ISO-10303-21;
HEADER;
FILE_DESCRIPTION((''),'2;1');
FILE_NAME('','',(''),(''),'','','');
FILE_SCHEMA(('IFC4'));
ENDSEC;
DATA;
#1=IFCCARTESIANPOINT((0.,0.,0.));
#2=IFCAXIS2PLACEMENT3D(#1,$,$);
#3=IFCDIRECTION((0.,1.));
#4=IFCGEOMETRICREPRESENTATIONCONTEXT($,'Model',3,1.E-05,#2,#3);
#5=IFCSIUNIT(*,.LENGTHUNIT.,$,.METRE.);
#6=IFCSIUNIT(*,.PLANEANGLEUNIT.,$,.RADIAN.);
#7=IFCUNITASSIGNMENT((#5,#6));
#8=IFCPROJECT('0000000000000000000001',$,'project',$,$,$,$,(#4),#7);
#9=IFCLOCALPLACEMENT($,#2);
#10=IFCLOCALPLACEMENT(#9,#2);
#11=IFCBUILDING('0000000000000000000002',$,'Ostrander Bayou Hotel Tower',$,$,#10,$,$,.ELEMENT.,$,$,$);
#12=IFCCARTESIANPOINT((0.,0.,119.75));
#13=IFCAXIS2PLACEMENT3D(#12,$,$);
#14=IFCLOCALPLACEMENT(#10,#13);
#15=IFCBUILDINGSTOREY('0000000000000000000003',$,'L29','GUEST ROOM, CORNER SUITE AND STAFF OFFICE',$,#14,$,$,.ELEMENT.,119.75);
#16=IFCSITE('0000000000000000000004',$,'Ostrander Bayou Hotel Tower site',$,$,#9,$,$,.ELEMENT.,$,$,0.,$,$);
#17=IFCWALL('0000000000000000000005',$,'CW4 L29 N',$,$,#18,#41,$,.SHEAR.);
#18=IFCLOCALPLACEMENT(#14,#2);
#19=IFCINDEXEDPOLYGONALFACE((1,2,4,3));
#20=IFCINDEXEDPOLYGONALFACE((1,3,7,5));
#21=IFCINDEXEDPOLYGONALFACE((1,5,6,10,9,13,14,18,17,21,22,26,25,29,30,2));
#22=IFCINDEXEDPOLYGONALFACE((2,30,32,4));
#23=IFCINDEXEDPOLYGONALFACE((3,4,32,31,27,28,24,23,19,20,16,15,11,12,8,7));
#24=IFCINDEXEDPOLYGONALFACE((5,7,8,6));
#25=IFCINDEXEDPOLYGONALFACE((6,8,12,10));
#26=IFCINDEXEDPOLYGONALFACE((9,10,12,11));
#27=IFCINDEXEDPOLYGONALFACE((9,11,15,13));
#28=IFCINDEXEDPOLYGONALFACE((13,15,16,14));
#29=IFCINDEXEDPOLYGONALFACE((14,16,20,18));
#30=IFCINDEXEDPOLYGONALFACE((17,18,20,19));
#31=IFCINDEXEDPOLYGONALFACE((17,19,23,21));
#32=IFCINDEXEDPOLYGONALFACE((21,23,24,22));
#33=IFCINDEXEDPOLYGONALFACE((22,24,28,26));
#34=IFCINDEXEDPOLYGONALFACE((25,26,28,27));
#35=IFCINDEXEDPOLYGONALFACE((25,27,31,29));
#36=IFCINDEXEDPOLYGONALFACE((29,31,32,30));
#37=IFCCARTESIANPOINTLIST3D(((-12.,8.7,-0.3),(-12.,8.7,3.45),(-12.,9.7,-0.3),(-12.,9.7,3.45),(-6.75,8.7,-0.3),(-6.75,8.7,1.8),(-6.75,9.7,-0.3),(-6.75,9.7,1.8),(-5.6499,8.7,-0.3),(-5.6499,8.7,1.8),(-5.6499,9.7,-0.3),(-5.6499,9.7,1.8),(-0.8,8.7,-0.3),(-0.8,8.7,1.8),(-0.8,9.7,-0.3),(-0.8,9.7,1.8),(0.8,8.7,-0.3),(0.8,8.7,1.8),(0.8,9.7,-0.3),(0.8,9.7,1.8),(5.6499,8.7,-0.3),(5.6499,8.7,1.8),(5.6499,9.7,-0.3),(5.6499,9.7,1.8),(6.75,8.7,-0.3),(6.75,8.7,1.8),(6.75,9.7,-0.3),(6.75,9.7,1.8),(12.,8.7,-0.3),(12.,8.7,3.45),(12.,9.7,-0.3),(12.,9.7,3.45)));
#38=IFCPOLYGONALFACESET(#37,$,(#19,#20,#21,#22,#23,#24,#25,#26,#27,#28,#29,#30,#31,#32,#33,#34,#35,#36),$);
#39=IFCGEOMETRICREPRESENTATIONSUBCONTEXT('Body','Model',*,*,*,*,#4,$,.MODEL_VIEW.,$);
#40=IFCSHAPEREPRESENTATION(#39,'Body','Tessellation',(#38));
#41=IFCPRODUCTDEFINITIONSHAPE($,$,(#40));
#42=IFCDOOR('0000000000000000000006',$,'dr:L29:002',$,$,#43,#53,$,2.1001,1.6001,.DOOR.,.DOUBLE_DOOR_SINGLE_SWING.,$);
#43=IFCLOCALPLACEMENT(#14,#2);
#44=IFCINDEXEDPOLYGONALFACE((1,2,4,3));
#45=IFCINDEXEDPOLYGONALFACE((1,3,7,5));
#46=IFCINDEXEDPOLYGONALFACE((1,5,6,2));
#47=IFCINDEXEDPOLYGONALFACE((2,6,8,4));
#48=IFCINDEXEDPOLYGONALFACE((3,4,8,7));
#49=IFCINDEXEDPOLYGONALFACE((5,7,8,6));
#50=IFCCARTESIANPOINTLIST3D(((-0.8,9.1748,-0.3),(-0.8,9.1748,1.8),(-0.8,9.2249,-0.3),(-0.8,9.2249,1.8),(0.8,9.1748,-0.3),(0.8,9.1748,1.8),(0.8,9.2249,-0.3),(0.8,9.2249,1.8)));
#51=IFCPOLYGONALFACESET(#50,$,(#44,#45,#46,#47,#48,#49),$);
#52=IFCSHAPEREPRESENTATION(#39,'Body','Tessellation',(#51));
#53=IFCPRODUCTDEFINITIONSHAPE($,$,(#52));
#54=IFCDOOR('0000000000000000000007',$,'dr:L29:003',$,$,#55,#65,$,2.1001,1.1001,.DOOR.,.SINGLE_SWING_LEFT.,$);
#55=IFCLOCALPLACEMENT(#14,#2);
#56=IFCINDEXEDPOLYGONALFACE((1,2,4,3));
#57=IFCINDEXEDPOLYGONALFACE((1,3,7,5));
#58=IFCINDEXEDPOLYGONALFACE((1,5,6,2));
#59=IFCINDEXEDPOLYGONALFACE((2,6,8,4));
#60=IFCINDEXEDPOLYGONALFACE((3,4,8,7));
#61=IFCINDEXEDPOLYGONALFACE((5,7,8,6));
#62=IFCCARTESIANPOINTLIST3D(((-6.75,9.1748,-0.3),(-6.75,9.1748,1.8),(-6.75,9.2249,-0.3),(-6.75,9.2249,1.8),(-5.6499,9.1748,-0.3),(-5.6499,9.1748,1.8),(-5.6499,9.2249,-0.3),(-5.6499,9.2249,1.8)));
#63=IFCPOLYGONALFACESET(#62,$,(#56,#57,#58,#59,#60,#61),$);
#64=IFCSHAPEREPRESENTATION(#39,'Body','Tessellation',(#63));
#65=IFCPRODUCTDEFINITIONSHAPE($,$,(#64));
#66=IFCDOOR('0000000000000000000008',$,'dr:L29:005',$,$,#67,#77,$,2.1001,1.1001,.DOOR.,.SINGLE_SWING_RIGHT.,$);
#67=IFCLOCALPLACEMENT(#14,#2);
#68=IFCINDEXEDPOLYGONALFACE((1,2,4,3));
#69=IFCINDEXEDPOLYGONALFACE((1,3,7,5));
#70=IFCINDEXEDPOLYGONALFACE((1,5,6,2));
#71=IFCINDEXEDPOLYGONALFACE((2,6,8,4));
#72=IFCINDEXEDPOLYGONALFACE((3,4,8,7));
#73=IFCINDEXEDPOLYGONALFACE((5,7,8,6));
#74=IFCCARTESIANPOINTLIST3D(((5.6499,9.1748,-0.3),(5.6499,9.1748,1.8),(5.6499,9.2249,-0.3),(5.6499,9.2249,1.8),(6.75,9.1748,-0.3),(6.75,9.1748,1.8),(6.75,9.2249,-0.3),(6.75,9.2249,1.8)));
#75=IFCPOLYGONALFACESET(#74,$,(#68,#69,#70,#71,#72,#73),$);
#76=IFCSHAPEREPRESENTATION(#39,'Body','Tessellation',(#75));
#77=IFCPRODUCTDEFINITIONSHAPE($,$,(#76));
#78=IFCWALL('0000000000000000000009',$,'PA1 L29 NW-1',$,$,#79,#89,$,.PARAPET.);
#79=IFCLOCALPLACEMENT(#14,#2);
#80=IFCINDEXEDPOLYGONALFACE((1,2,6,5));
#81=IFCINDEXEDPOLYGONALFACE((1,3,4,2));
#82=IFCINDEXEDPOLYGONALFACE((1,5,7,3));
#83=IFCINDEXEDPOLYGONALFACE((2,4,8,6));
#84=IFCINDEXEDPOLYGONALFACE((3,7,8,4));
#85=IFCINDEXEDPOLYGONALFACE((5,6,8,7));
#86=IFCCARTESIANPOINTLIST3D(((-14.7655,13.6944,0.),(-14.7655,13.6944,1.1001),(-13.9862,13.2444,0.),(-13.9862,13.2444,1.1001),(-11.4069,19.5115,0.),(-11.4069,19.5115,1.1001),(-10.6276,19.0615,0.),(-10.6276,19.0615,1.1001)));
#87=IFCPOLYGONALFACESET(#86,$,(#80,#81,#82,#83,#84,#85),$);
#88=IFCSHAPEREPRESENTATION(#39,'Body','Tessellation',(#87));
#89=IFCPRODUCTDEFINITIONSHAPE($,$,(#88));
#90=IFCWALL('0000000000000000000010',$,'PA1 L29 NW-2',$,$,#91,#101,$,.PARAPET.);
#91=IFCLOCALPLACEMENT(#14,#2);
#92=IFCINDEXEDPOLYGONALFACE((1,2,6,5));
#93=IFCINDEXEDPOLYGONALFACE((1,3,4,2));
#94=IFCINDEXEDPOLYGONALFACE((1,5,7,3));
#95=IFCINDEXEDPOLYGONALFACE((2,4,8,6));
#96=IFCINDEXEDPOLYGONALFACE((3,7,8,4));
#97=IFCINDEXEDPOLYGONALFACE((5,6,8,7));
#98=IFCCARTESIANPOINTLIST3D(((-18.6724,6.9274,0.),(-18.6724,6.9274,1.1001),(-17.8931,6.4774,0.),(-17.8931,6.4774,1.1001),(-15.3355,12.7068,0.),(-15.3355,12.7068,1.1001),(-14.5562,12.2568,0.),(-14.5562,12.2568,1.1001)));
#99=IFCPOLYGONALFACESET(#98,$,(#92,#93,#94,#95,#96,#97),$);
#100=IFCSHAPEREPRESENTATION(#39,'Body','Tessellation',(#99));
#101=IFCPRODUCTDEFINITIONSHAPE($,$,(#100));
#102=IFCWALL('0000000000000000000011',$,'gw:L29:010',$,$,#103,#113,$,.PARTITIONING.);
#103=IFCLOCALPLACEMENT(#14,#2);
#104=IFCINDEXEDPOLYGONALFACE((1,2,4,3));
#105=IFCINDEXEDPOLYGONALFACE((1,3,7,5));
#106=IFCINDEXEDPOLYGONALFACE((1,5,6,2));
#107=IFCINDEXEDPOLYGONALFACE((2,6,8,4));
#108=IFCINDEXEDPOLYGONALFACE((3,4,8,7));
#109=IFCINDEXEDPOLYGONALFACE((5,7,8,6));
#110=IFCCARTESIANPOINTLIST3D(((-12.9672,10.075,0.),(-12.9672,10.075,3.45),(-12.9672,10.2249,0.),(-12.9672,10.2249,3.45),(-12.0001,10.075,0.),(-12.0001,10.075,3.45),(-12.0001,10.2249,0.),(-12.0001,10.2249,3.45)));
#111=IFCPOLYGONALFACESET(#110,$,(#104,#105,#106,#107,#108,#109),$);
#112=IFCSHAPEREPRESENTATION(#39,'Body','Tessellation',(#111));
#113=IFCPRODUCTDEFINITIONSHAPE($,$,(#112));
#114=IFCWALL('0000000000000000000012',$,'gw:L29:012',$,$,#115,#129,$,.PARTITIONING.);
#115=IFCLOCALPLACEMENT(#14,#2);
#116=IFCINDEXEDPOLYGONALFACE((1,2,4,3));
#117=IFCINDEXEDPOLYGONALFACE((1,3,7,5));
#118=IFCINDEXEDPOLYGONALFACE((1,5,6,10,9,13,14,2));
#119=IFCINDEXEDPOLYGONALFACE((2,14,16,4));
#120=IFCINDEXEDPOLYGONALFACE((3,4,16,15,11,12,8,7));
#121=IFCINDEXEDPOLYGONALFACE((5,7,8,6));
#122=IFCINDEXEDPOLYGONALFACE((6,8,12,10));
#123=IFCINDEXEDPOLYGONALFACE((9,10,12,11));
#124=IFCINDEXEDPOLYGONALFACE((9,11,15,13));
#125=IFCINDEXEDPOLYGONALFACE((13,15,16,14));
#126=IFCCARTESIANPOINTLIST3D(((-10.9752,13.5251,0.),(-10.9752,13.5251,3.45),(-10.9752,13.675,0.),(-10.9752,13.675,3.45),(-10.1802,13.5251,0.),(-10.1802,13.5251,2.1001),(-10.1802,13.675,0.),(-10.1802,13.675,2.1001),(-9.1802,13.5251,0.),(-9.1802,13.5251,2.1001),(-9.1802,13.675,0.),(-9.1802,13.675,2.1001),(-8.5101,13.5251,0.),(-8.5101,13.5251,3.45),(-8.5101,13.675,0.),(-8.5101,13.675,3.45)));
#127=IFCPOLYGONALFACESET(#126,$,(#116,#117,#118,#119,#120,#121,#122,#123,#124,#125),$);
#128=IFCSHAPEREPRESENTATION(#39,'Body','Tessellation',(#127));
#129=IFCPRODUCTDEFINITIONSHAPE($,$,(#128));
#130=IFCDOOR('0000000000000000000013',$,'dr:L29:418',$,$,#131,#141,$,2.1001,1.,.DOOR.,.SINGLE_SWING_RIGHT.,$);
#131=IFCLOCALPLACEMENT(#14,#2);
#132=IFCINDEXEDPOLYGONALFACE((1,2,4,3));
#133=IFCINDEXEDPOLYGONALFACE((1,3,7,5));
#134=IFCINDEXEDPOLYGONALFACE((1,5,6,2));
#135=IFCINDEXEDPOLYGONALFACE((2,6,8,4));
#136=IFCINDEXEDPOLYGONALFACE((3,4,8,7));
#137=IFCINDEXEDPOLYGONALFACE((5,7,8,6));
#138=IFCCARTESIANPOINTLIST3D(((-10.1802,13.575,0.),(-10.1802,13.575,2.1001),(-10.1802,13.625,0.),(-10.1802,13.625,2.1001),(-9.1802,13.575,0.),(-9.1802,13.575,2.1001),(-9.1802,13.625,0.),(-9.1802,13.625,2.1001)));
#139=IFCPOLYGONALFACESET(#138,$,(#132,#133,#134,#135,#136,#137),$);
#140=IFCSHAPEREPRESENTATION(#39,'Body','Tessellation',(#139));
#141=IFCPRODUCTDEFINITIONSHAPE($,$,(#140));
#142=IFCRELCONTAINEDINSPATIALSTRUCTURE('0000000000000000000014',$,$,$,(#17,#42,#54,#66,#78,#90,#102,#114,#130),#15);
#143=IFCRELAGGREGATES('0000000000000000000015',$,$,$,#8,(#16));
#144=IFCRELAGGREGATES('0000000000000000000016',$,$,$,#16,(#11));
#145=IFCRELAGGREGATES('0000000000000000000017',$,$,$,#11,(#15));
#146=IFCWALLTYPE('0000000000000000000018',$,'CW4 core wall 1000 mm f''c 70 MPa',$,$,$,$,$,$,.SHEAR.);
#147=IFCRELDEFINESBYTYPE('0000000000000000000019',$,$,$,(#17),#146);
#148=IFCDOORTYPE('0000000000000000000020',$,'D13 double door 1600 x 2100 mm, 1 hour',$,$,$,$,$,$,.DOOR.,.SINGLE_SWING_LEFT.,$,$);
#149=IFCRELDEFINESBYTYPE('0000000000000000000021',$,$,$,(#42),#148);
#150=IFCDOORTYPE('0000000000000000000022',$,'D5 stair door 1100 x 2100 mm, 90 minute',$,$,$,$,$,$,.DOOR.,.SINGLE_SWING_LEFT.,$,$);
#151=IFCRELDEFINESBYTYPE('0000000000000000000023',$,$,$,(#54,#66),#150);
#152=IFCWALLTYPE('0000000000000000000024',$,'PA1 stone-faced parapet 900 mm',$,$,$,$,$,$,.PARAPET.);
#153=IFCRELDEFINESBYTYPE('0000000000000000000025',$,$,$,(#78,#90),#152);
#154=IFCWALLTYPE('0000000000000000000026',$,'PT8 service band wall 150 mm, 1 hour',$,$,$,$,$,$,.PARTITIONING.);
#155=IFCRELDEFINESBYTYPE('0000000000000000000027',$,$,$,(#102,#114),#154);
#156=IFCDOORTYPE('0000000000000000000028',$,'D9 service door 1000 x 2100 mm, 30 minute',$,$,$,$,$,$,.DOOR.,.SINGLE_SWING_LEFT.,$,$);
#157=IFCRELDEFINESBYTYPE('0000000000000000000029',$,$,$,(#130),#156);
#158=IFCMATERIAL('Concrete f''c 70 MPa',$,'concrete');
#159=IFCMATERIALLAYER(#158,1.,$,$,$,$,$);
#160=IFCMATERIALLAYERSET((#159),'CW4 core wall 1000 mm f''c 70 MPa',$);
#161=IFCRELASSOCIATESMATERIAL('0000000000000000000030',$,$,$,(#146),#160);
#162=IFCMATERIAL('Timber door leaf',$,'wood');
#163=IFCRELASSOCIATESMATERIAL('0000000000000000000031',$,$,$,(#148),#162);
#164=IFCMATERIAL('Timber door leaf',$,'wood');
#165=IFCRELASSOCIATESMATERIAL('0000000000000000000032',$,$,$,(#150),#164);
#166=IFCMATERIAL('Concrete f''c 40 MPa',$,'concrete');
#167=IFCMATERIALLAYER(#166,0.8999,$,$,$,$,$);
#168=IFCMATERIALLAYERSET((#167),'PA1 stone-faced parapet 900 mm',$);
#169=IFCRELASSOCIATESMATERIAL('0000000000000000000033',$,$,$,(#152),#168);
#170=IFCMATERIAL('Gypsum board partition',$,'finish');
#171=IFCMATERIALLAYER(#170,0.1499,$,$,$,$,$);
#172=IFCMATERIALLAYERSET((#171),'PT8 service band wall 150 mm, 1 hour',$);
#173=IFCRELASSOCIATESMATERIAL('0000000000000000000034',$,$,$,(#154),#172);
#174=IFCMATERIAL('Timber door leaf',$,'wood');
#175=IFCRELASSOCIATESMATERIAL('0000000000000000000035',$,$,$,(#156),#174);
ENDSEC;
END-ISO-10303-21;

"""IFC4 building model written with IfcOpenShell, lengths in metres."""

from ifc_helpers import new_model, si_unit, direction, frame, frame_2d, origin, place, context, subcontext, project, spatial, rectangle, extrude, material, layer, layer_set, type_object, element, fill, save


model = new_model("IFC4")

# Units and contexts
model_context = context("Model", 3, precision=1e-05, world=origin(), true_north=direction((0.0, 1.0)))
body_context = subcontext(model_context, "Body", "Model", "MODEL_VIEW")
ifc_project = project(units=[si_unit("LENGTHUNIT", "METRE"), si_unit("PLANEANGLEUNIT", "RADIAN")], contexts=[model_context])

# Site, building, storey
site_placement = place(None, origin())
site = spatial("IfcSite", under=ifc_project, at=site_placement, Name="Ostrander Bayou Hotel Tower site", CompositionType="ELEMENT", RefElevation=0.0)
building_placement = place(site_placement, origin())
building = spatial("IfcBuilding", under=site, at=building_placement, Name="Ostrander Bayou Hotel Tower", CompositionType="ELEMENT")
storey_placement = place(building_placement, frame((0.0, 0.0, 119.75)))
storey = spatial("IfcBuildingStorey", under=building, at=storey_placement, Name="L29", Description="GUEST ROOM, CORNER SUITE AND STAFF OFFICE", CompositionType="ELEMENT", Elevation=119.75)

# Wall, openings, doors
ifc_material_1 = material(Name="Concrete f'c 70 MPa", Category="concrete")
ifc_layer_1 = layer(ifc_material_1, 1.0)
ifc_layer_set_1 = layer_set([ifc_layer_1], Name="CW4 core wall 1000 mm f'c 70 MPa")
wall_type_1 = type_object("IfcWallType", Name="CW4 core wall 1000 mm f'c 70 MPa", PredefinedType="SHEAR", material=ifc_layer_set_1)
wall_1_placement = place(storey_placement, frame((-12.0, 9.2, -0.3), z_axis=(0.0, 0.0, 1.0), x_axis=(1.0, 0.0, 0.0)))
wall_1 = element("IfcWall", 1, at=wall_1_placement, inside=storey, type_object=wall_type_1, Name="CW4 L29 N", PredefinedType="SHEAR", context=body_context, shape_type="SweptSolid", body=[
    extrude(rectangle(XDim=24.0, YDim=1.0, at=frame_2d((12.0, 0.0))), origin(), (0.0, 0.0, 1.0), 3.75),
])
opening_1_placement = place(wall_1_placement, frame((11.2, 0.0, 0.0)))
opening_1 = element("IfcOpeningElement", 2, at=opening_1_placement, cuts=wall_1, PredefinedType="OPENING", context=body_context, shape_type="SweptSolid", body=[
    extrude(rectangle(XDim=1.6001, YDim=2.1001, at=frame_2d((0.8, 1.05))), frame((0.0, 0.5, 0.0), z_axis=(0.0, -1.0, 0.0), x_axis=(1.0, 0.0, 0.0)), (0.0, 0.0, 1.0), 1.0),
])
opening_2_placement = place(wall_1_placement, frame((5.25, 0.0, 0.0)))
opening_2 = element("IfcOpeningElement", 3, at=opening_2_placement, cuts=wall_1, PredefinedType="OPENING", context=body_context, shape_type="SweptSolid", body=[
    extrude(rectangle(XDim=1.1001, YDim=2.1001, at=frame_2d((0.55, 1.05))), frame((0.0, 0.5, 0.0), z_axis=(0.0, -1.0, 0.0), x_axis=(1.0, 0.0, 0.0)), (0.0, 0.0, 1.0), 1.0),
])
opening_3_placement = place(wall_1_placement, frame((17.6499, 0.0, 0.0)))
opening_3 = element("IfcOpeningElement", 4, at=opening_3_placement, cuts=wall_1, PredefinedType="OPENING", context=body_context, shape_type="SweptSolid", body=[
    extrude(rectangle(XDim=1.1001, YDim=2.1001, at=frame_2d((0.55, 1.05))), frame((0.0, 0.5, 0.0), z_axis=(0.0, -1.0, 0.0), x_axis=(1.0, 0.0, 0.0)), (0.0, 0.0, 1.0), 1.0),
])
ifc_material_2 = material(Name="Timber door leaf", Category="wood")
door_type_1 = type_object("IfcDoorType", Name="D13 double door 1600 x 2100 mm, 1 hour", OperationType="SINGLE_SWING_LEFT", PredefinedType="DOOR", material=ifc_material_2)
door_1_placement = place(opening_1_placement, origin())
door_1 = element("IfcDoor", 5, at=door_1_placement, inside=storey, type_object=door_type_1, Name="dr:L29:002", OperationType="DOUBLE_DOOR_SINGLE_SWING", OverallHeight=2.1001, OverallWidth=1.6001, PredefinedType="DOOR", context=body_context, shape_type="SweptSolid", body=[
    extrude(rectangle(XDim=1.6001, YDim=2.1001, at=frame_2d((0.8, 1.05))), frame((0.0, 0.0249, 0.0), z_axis=(0.0, -1.0, 0.0), x_axis=(1.0, 0.0, 0.0)), (0.0, 0.0, 1.0), 0.05),
])
fill(opening_1, door_1)
ifc_material_3 = material(Name="Timber door leaf", Category="wood")
door_type_2 = type_object("IfcDoorType", Name="D5 stair door 1100 x 2100 mm, 90 minute", OperationType="SINGLE_SWING_LEFT", PredefinedType="DOOR", material=ifc_material_3)
door_2_placement = place(opening_2_placement, origin())
door_2 = element("IfcDoor", 6, at=door_2_placement, inside=storey, type_object=door_type_2, Name="dr:L29:003", OperationType="SINGLE_SWING_LEFT", OverallHeight=2.1001, OverallWidth=1.1001, PredefinedType="DOOR", context=body_context, shape_type="SweptSolid", body=[
    extrude(rectangle(XDim=1.1001, YDim=2.1001, at=frame_2d((0.55, 1.05))), frame((0.0, 0.0249, 0.0), z_axis=(0.0, -1.0, 0.0), x_axis=(1.0, 0.0, 0.0)), (0.0, 0.0, 1.0), 0.05),
])
fill(opening_2, door_2)
door_3_placement = place(opening_3_placement, origin())
door_3 = element("IfcDoor", 7, at=door_3_placement, inside=storey, type_object=door_type_2, Name="dr:L29:005", OperationType="SINGLE_SWING_RIGHT", OverallHeight=2.1001, OverallWidth=1.1001, PredefinedType="DOOR", context=body_context, shape_type="SweptSolid", body=[
    extrude(rectangle(XDim=1.1001, YDim=2.1001, at=frame_2d((0.55, 1.05))), frame((0.0, 0.0249, 0.0), z_axis=(0.0, -1.0, 0.0), x_axis=(1.0, 0.0, 0.0)), (0.0, 0.0, 1.0), 0.05),
])
fill(opening_3, door_3)

# Walls
ifc_material_4 = material(Name="Concrete f'c 40 MPa", Category="concrete")
ifc_layer_2 = layer(ifc_material_4, 0.8999)
ifc_layer_set_2 = layer_set([ifc_layer_2], Name="PA1 stone-faced parapet 900 mm")
wall_type_2 = type_object("IfcWallType", Name="PA1 stone-faced parapet 900 mm", PredefinedType="PARAPET", material=ifc_layer_set_2)
wall_2_placement = place(storey_placement, frame((-11.0173, 19.2864, 0.0), z_axis=(0.0, 0.0, 1.0), x_axis=(-0.500013, -0.866018, 0.0)))
element("IfcWall", 8, at=wall_2_placement, inside=storey, type_object=wall_type_2, Name="PA1 L29 NW-1", PredefinedType="PARAPET", context=body_context, shape_type="SweptSolid", body=[
    extrude(rectangle(XDim=6.717, YDim=0.8999, at=frame_2d((3.3584, 0.0))), origin(), (0.0, 0.0, 1.0), 1.1001),
])
wall_3_placement = place(storey_placement, frame((-14.9458, 12.4819, 0.0), z_axis=(0.0, 0.0, 1.0), x_axis=(-0.500011, -0.866019, 0.0)))
element("IfcWall", 9, at=wall_3_placement, inside=storey, type_object=wall_type_2, Name="PA1 L29 NW-2", PredefinedType="PARAPET", context=body_context, shape_type="SweptSolid", body=[
    extrude(rectangle(XDim=6.6736, YDim=0.8999, at=frame_2d((3.3369, 0.0))), origin(), (0.0, 0.0, 1.0), 1.1001),
])
ifc_material_5 = material(Name="Gypsum board partition", Category="finish")
ifc_layer_3 = layer(ifc_material_5, 0.1499)
ifc_layer_set_3 = layer_set([ifc_layer_3], Name="PT8 service band wall 150 mm, 1 hour")
wall_type_3 = type_object("IfcWallType", Name="PT8 service band wall 150 mm, 1 hour", PredefinedType="PARTITIONING", material=ifc_layer_set_3)
wall_4_placement = place(storey_placement, frame((-12.967, 10.1499, 0.0), z_axis=(0.0, 0.0, 1.0), x_axis=(1.0, 0.0, 0.0)))
element("IfcWall", 10, at=wall_4_placement, inside=storey, type_object=wall_type_3, Name="gw:L29:010", PredefinedType="PARTITIONING", context=body_context, shape_type="SweptSolid", body=[
    extrude(rectangle(XDim=0.967, YDim=0.1499, at=frame_2d((0.4834, 0.0))), origin(), (0.0, 0.0, 1.0), 3.45),
])

# Wall, opening, door
wall_5_placement = place(storey_placement, frame((-10.9751, 13.6001, 0.0), z_axis=(0.0, 0.0, 1.0), x_axis=(1.0, 0.0, 0.0)))
wall_5 = element("IfcWall", 11, at=wall_5_placement, inside=storey, type_object=wall_type_3, Name="gw:L29:012", PredefinedType="PARTITIONING", context=body_context, shape_type="SweptSolid", body=[
    extrude(rectangle(XDim=2.4651, YDim=0.1499, at=frame_2d((1.2324, 0.0))), origin(), (0.0, 0.0, 1.0), 3.45),
])
opening_4_placement = place(wall_5_placement, frame((0.7949, 0.0, 0.0)))
opening_4 = element("IfcOpeningElement", 12, at=opening_4_placement, cuts=wall_5, PredefinedType="OPENING", context=body_context, shape_type="SweptSolid", body=[
    extrude(rectangle(XDim=1.0, YDim=2.1001, at=frame_2d((0.5, 1.05))), frame((0.0, 0.075, 0.0), z_axis=(0.0, -1.0, 0.0), x_axis=(1.0, 0.0, 0.0)), (0.0, 0.0, 1.0), 0.1499),
])
ifc_material_6 = material(Name="Timber door leaf", Category="wood")
door_type_3 = type_object("IfcDoorType", Name="D9 service door 1000 x 2100 mm, 30 minute", OperationType="SINGLE_SWING_LEFT", PredefinedType="DOOR", material=ifc_material_6)
door_4_placement = place(opening_4_placement, origin())
door_4 = element("IfcDoor", 13, at=door_4_placement, inside=storey, type_object=door_type_3, Name="dr:L29:418", OperationType="SINGLE_SWING_RIGHT", OverallHeight=2.1001, OverallWidth=1.0, PredefinedType="DOOR", context=body_context, shape_type="SweptSolid", body=[
    extrude(rectangle(XDim=1.0, YDim=2.1001, at=frame_2d((0.5, 1.05))), frame((0.0, 0.0249, 0.0), z_axis=(0.0, -1.0, 0.0), x_axis=(1.0, 0.0, 0.0)), (0.0, 0.0, 1.0), 0.05),
])
fill(opening_4, door_4)

save(model, "model.ifc")
